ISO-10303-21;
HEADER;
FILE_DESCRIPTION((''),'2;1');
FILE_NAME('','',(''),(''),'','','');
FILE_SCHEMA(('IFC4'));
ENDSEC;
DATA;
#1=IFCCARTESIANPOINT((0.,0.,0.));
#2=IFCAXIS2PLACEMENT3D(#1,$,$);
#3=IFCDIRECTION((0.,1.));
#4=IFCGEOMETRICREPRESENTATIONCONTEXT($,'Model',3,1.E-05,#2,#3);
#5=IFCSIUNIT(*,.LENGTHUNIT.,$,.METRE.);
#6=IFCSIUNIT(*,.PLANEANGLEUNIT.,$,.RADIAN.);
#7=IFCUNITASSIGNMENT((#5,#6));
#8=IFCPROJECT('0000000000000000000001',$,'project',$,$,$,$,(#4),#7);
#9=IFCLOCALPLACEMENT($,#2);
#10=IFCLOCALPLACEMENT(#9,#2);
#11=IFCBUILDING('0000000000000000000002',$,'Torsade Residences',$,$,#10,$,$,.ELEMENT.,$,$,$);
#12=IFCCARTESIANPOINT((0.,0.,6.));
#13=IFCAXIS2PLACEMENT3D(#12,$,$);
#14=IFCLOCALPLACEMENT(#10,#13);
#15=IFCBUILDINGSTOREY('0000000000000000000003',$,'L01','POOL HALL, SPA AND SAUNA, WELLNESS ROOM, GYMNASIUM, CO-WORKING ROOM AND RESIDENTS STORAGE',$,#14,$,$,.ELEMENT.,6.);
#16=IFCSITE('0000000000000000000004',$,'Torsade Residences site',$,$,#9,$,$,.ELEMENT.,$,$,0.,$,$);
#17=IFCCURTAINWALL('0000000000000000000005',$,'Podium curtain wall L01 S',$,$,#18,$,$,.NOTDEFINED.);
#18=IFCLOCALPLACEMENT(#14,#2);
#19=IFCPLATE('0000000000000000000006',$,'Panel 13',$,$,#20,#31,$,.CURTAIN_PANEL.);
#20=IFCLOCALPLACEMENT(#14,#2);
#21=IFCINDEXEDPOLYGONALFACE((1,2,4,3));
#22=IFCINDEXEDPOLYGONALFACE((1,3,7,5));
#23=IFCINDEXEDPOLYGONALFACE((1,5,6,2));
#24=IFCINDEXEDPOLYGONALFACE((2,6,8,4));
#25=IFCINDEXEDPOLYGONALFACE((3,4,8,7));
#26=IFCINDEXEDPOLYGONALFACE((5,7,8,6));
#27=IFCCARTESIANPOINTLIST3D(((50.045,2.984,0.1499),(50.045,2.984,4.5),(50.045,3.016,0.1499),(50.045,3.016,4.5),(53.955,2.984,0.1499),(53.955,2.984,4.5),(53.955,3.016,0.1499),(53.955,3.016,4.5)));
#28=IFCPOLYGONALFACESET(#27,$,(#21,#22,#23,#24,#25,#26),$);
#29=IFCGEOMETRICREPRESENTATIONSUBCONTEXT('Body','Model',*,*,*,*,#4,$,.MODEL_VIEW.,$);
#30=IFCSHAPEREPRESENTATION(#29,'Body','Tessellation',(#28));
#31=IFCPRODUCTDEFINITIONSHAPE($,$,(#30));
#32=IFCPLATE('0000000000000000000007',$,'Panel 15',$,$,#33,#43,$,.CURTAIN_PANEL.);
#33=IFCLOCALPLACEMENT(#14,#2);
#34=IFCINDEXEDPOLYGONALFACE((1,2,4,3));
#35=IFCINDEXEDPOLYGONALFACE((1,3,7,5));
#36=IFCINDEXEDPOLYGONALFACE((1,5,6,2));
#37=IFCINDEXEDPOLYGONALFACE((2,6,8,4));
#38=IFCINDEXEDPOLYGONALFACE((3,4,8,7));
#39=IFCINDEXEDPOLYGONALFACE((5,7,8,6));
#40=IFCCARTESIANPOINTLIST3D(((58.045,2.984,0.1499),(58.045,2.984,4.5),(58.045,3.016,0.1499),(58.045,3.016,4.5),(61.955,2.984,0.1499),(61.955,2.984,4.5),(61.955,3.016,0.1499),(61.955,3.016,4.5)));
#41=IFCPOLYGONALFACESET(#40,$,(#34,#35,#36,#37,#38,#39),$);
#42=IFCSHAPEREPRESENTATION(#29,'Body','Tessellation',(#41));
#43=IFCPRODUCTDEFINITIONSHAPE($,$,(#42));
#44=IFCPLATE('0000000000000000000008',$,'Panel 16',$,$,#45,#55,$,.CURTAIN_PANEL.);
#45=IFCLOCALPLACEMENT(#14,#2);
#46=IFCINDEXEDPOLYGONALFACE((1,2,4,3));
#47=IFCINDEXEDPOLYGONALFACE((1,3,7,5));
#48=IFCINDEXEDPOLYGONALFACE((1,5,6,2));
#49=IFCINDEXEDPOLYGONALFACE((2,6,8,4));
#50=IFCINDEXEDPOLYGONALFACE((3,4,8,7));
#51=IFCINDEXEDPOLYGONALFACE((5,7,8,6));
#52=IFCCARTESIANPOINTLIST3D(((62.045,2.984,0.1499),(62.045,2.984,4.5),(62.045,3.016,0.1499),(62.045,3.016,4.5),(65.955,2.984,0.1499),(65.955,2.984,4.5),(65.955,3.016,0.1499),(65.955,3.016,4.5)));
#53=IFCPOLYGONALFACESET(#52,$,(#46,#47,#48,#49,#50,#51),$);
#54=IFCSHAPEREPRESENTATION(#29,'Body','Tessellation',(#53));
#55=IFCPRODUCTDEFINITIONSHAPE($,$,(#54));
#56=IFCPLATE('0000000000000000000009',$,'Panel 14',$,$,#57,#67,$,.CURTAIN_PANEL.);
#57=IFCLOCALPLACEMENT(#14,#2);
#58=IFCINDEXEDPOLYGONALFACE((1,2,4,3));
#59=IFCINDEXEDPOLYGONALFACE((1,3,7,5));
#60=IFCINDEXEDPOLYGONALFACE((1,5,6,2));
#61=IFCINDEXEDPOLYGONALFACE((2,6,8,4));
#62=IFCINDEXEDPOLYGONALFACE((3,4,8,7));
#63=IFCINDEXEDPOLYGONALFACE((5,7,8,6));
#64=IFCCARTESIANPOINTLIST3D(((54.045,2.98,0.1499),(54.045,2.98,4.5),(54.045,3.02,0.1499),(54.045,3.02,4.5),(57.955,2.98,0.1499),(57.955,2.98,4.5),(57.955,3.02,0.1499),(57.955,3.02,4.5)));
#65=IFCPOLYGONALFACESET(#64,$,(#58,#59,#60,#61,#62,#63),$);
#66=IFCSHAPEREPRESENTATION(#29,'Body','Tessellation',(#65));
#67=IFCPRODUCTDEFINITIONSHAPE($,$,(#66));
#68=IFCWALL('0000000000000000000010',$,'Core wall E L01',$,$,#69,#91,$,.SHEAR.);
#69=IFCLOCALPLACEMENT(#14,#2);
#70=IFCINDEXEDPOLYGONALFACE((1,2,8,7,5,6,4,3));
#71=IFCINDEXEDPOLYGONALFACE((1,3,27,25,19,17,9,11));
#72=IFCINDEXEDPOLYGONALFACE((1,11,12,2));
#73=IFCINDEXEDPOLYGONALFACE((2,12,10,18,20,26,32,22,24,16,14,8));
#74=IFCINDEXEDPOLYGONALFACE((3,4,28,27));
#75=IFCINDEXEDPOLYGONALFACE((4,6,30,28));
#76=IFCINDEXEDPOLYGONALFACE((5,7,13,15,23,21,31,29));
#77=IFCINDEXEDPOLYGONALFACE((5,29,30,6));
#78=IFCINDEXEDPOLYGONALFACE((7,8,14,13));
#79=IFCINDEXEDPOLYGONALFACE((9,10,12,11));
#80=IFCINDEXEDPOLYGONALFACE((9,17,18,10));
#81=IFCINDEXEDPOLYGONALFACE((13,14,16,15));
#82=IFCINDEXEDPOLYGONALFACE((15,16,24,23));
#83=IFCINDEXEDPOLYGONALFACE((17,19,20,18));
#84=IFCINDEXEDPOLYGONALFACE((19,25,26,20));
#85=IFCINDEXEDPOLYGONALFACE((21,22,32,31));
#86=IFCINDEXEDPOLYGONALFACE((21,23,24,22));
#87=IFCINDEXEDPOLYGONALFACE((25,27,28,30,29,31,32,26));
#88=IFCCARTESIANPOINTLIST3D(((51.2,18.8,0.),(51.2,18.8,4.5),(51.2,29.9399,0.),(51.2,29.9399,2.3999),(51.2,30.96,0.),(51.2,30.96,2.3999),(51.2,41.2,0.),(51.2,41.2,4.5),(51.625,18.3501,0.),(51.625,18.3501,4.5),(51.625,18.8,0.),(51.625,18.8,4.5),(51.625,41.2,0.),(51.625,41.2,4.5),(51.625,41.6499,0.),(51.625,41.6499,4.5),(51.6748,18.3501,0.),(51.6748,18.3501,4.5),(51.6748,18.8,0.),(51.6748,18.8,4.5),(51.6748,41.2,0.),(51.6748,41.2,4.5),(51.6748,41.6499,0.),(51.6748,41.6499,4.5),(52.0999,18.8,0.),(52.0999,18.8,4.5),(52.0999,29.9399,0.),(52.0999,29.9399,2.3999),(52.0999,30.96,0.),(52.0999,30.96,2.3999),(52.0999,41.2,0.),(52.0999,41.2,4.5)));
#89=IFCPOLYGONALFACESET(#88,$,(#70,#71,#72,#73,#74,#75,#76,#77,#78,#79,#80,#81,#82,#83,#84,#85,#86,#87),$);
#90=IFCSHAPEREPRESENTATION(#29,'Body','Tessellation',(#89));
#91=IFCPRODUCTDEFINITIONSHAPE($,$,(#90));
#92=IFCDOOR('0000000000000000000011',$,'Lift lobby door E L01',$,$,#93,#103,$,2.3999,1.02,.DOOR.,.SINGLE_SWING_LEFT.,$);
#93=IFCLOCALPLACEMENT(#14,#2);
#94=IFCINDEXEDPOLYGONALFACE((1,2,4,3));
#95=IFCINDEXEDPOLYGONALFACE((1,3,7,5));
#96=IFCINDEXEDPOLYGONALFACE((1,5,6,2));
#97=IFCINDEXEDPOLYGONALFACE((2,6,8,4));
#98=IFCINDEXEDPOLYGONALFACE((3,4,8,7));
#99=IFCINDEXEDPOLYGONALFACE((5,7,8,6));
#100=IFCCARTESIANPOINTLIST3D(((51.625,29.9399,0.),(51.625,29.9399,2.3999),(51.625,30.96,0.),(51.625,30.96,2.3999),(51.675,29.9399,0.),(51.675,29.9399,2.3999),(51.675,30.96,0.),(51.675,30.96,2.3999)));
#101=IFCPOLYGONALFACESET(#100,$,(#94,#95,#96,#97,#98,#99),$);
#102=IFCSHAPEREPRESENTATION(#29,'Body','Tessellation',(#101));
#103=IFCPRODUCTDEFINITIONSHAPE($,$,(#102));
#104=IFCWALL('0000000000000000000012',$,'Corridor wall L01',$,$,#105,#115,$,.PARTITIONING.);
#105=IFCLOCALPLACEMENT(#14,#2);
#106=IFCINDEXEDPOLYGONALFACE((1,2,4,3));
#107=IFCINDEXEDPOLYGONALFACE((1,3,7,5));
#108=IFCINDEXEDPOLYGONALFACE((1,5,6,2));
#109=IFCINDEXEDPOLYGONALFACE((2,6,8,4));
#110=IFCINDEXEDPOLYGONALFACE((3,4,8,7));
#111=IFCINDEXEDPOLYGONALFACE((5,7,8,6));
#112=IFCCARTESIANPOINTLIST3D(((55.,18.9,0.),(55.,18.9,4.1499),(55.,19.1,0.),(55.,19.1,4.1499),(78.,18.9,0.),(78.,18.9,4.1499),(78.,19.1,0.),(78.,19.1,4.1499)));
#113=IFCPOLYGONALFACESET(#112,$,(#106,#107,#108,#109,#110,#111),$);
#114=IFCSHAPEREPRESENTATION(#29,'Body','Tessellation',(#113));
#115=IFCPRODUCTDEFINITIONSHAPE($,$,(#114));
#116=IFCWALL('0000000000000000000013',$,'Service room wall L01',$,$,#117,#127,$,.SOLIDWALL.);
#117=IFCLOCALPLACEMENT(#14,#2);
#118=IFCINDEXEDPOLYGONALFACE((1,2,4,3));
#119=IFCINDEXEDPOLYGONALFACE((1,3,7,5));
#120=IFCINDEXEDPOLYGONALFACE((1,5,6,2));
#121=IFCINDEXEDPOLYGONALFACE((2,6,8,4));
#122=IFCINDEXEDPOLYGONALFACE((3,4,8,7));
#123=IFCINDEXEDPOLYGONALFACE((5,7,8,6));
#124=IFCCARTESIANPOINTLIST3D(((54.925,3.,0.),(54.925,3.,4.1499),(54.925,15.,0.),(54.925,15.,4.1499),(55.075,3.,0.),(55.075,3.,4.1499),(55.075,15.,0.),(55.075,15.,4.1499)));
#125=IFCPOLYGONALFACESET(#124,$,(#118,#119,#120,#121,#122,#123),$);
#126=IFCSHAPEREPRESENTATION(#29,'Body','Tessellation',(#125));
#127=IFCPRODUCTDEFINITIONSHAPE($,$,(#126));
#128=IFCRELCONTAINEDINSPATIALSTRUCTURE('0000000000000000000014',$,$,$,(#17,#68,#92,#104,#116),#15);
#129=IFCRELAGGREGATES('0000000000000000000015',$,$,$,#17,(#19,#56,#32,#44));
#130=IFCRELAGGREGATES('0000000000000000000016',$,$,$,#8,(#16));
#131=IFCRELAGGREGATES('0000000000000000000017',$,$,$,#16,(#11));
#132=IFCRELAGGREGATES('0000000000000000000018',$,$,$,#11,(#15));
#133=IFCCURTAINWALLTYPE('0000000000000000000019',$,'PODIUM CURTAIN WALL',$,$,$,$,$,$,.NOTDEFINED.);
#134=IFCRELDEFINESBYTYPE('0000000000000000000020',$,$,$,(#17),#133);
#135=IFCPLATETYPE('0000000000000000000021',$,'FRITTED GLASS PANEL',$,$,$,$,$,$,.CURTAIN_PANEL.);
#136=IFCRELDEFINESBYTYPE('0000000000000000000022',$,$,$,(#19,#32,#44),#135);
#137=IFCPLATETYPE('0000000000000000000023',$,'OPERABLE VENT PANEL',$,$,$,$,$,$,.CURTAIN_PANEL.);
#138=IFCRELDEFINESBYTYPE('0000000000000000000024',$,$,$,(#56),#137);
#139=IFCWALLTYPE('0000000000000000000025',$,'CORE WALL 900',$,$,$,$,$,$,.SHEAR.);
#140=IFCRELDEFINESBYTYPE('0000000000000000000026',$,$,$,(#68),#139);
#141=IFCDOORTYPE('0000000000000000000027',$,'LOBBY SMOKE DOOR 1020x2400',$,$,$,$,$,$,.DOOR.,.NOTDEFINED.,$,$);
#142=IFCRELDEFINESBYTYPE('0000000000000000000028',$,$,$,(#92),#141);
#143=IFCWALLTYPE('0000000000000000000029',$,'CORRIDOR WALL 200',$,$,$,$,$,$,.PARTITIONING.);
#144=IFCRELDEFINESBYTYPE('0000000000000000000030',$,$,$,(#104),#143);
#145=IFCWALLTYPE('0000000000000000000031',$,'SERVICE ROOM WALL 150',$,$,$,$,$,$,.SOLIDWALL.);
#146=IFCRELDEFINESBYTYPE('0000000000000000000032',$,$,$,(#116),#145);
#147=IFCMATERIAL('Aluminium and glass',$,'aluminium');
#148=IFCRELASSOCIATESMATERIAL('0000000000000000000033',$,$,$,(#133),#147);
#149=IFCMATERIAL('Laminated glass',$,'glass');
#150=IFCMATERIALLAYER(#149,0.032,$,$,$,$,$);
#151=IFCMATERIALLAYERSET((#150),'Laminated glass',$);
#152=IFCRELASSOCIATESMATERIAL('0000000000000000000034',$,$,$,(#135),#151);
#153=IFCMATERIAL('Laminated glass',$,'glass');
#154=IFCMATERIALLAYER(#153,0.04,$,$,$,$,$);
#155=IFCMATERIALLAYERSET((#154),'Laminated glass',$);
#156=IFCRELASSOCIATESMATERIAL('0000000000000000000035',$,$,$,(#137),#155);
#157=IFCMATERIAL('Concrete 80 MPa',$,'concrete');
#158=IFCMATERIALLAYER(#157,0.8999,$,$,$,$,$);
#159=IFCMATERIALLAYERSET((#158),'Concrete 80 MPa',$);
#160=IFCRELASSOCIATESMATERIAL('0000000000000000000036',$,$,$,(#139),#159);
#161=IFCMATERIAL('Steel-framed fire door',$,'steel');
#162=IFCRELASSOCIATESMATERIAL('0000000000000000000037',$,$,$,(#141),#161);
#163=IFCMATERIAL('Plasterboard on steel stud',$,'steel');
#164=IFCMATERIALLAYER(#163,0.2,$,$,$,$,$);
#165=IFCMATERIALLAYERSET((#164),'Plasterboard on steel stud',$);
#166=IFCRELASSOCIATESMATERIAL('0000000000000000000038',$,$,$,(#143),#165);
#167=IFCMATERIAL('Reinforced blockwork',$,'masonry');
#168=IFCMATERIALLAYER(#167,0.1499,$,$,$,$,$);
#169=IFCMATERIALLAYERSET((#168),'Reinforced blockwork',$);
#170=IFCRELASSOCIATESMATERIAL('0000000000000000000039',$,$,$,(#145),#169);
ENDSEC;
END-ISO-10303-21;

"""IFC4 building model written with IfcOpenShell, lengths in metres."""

from ifc_helpers import new_model, si_unit, direction, frame, frame_2d, origin, origin_2d, place, context, subcontext, project, spatial, polyline, rectangle, outline, extrude, material, layer, layer_set, type_object, element, fill, aggregate, save


model = new_model("IFC4")

# Units and contexts
model_context = context("Model", 3, precision=1e-05, world=origin(), true_north=direction((0.0, 1.0)))
body_context = subcontext(model_context, "Body", "Model", "MODEL_VIEW")
ifc_project = project(units=[si_unit("LENGTHUNIT", "METRE"), si_unit("PLANEANGLEUNIT", "RADIAN")], contexts=[model_context])

# Site, building, storey
site_placement = place(None, origin())
site = spatial("IfcSite", under=ifc_project, at=site_placement, Name="Torsade Residences site", CompositionType="ELEMENT", RefElevation=0.0)
building_placement = place(site_placement, origin())
building = spatial("IfcBuilding", under=site, at=building_placement, Name="Torsade Residences", CompositionType="ELEMENT")
storey_placement = place(building_placement, frame((0.0, 0.0, 6.0)))
storey = spatial("IfcBuildingStorey", under=building, at=storey_placement, Name="L01", Description="POOL HALL, SPA AND SAUNA, WELLNESS ROOM, GYMNASIUM, CO-WORKING ROOM AND RESIDENTS STORAGE", CompositionType="ELEMENT", Elevation=6.0)

# Curtain wall, plates
ifc_material_1 = material(Name="Aluminium and glass", Category="aluminium")
curtain_wall_type = type_object("IfcCurtainWallType", Name="PODIUM CURTAIN WALL", PredefinedType="NOTDEFINED", material=ifc_material_1)
curtain_wall_placement = place(storey_placement, origin())
curtain_wall = element("IfcCurtainWall", 1, at=curtain_wall_placement, inside=storey, type_object=curtain_wall_type, Name="Podium curtain wall L01 S", PredefinedType="NOTDEFINED")
ifc_material_2 = material(Name="Laminated glass", Category="glass")
ifc_layer_1 = layer(ifc_material_2, 0.032)
ifc_layer_set_1 = layer_set([ifc_layer_1], Name="Laminated glass")
plate_type_1 = type_object("IfcPlateType", Name="FRITTED GLASS PANEL", PredefinedType="CURTAIN_PANEL", material=ifc_layer_set_1)
plate_1_placement = place(storey_placement, frame((52.0, 3.0, 0.1499), z_axis=(0.0, 0.0, 1.0), x_axis=(1.0, 0.0, 0.0)))
plate_1 = element("IfcPlate", 2, at=plate_1_placement, type_object=plate_type_1, Name="Panel 13", PredefinedType="CURTAIN_PANEL", context=body_context, shape_type="SweptSolid", body=[
    extrude(rectangle(XDim=3.9099, YDim=0.032, at=origin_2d()), origin(), (0.0, 0.0, 1.0), 4.3501),
])
plate_2_placement = place(storey_placement, frame((60.0, 3.0, 0.1499), z_axis=(0.0, 0.0, 1.0), x_axis=(1.0, 0.0, 0.0)))
plate_2 = element("IfcPlate", 3, at=plate_2_placement, type_object=plate_type_1, Name="Panel 15", PredefinedType="CURTAIN_PANEL", context=body_context, shape_type="SweptSolid", body=[
    extrude(rectangle(XDim=3.9099, YDim=0.032, at=origin_2d()), origin(), (0.0, 0.0, 1.0), 4.3501),
])
plate_3_placement = place(storey_placement, frame((64.0, 3.0, 0.1499), z_axis=(0.0, 0.0, 1.0), x_axis=(1.0, 0.0, 0.0)))
plate_3 = element("IfcPlate", 4, at=plate_3_placement, type_object=plate_type_1, Name="Panel 16", PredefinedType="CURTAIN_PANEL", context=body_context, shape_type="SweptSolid", body=[
    extrude(rectangle(XDim=3.9099, YDim=0.032, at=origin_2d()), origin(), (0.0, 0.0, 1.0), 4.3501),
])
ifc_material_3 = material(Name="Laminated glass", Category="glass")
ifc_layer_2 = layer(ifc_material_3, 0.04)
ifc_layer_set_2 = layer_set([ifc_layer_2], Name="Laminated glass")
plate_type_2 = type_object("IfcPlateType", Name="OPERABLE VENT PANEL", PredefinedType="CURTAIN_PANEL", material=ifc_layer_set_2)
plate_4_placement = place(storey_placement, frame((56.0, 3.0, 0.1499), z_axis=(0.0, 0.0, 1.0), x_axis=(1.0, 0.0, 0.0)))
plate_4 = element("IfcPlate", 5, at=plate_4_placement, type_object=plate_type_2, Name="Panel 14", PredefinedType="CURTAIN_PANEL", context=body_context, shape_type="SweptSolid", body=[
    extrude(rectangle(XDim=3.9099, YDim=0.04, at=origin_2d()), origin(), (0.0, 0.0, 1.0), 4.3501),
])
aggregate(curtain_wall, [plate_1, plate_4, plate_2, plate_3])

# Wall, opening, door
ifc_material_4 = material(Name="Concrete 80 MPa", Category="concrete")
ifc_layer_3 = layer(ifc_material_4, 0.8999)
ifc_layer_set_3 = layer_set([ifc_layer_3], Name="Concrete 80 MPa")
wall_type_1 = type_object("IfcWallType", Name="CORE WALL 900", PredefinedType="SHEAR", material=ifc_layer_set_3)
wall_1_placement = place(storey_placement, frame((51.6499, 18.8, 0.0), z_axis=(0.0, 0.0, 1.0), x_axis=(0.0, 1.0, 0.0)))
wall_1 = element("IfcWall", 6, at=wall_1_placement, inside=storey, type_object=wall_type_1, Name="Core wall E L01", PredefinedType="SHEAR", context=body_context, shape_type="SweptSolid", body=[
    extrude(outline(polyline([(0.0, -0.45), (22.3999, -0.45), (22.3999, -0.0249), (22.8499, -0.0249), (22.8499, 0.0249), (22.3999, 0.0249), (22.3999, 0.45), (0.0, 0.45), (0.0, 0.0249), (-0.45, 0.0249), (-0.45, -0.0249), (0.0, -0.0249), (0.0, -0.45)])), origin(), (0.0, 0.0, 1.0), 4.5),
])
opening_placement = place(wall_1_placement, frame((11.1399, 0.0, 0.0)))
opening = element("IfcOpeningElement", 7, at=opening_placement, cuts=wall_1, PredefinedType="OPENING", context=body_context, shape_type="SweptSolid", body=[
    extrude(rectangle(XDim=1.02, YDim=2.3999, at=frame_2d((0.51, 1.2))), frame((0.0, 0.46, 0.0), z_axis=(0.0, -1.0, 0.0), x_axis=(1.0, 0.0, 0.0)), (0.0, 0.0, 1.0), 0.9199),
])
ifc_material_5 = material(Name="Steel-framed fire door", Category="steel")
door_type = type_object("IfcDoorType", Name="LOBBY SMOKE DOOR 1020x2400", OperationType="NOTDEFINED", PredefinedType="DOOR", material=ifc_material_5)
door_placement = place(opening_placement, origin())
door = element("IfcDoor", 8, at=door_placement, inside=storey, type_object=door_type, Name="Lift lobby door E L01", OperationType="SINGLE_SWING_LEFT", OverallHeight=2.3999, OverallWidth=1.02, PredefinedType="DOOR", context=body_context, shape_type="SweptSolid", body=[
    extrude(rectangle(XDim=1.02, YDim=2.3999, at=frame_2d((0.51, 1.2))), frame((0.0, 0.0249, 0.0), z_axis=(0.0, -1.0, 0.0), x_axis=(1.0, 0.0, 0.0)), (0.0, 0.0, 1.0), 0.05),
])
fill(opening, door)

# Walls
ifc_material_6 = material(Name="Plasterboard on steel stud", Category="steel")
ifc_layer_4 = layer(ifc_material_6, 0.2)
ifc_layer_set_4 = layer_set([ifc_layer_4], Name="Plasterboard on steel stud")
wall_type_2 = type_object("IfcWallType", Name="CORRIDOR WALL 200", PredefinedType="PARTITIONING", material=ifc_layer_set_4)
wall_2_placement = place(storey_placement, frame((55.0, 19.0, 0.0), z_axis=(0.0, 0.0, 1.0), x_axis=(1.0, 0.0, 0.0)))
element("IfcWall", 9, at=wall_2_placement, inside=storey, type_object=wall_type_2, Name="Corridor wall L01", PredefinedType="PARTITIONING", context=body_context, shape_type="SweptSolid", body=[
    extrude(rectangle(XDim=23.0, YDim=0.2, at=frame_2d((11.5, 0.0))), origin(), (0.0, 0.0, 1.0), 4.1499),
])
ifc_material_7 = material(Name="Reinforced blockwork", Category="masonry")
ifc_layer_5 = layer(ifc_material_7, 0.1499)
ifc_layer_set_5 = layer_set([ifc_layer_5], Name="Reinforced blockwork")
wall_type_3 = type_object("IfcWallType", Name="SERVICE ROOM WALL 150", PredefinedType="SOLIDWALL", material=ifc_layer_set_5)
wall_3_placement = place(storey_placement, frame((55.0, 15.0, 0.0), z_axis=(0.0, 0.0, 1.0), x_axis=(0.0, -1.0, 0.0)))
element("IfcWall", 10, at=wall_3_placement, inside=storey, type_object=wall_type_3, Name="Service room wall L01", PredefinedType="SOLIDWALL", context=body_context, shape_type="SweptSolid", body=[
    extrude(rectangle(XDim=12.0, YDim=0.1499, at=frame_2d((6.0, 0.0))), origin(), (0.0, 0.0, 1.0), 4.1499),
])

save(model, "model.ifc")
